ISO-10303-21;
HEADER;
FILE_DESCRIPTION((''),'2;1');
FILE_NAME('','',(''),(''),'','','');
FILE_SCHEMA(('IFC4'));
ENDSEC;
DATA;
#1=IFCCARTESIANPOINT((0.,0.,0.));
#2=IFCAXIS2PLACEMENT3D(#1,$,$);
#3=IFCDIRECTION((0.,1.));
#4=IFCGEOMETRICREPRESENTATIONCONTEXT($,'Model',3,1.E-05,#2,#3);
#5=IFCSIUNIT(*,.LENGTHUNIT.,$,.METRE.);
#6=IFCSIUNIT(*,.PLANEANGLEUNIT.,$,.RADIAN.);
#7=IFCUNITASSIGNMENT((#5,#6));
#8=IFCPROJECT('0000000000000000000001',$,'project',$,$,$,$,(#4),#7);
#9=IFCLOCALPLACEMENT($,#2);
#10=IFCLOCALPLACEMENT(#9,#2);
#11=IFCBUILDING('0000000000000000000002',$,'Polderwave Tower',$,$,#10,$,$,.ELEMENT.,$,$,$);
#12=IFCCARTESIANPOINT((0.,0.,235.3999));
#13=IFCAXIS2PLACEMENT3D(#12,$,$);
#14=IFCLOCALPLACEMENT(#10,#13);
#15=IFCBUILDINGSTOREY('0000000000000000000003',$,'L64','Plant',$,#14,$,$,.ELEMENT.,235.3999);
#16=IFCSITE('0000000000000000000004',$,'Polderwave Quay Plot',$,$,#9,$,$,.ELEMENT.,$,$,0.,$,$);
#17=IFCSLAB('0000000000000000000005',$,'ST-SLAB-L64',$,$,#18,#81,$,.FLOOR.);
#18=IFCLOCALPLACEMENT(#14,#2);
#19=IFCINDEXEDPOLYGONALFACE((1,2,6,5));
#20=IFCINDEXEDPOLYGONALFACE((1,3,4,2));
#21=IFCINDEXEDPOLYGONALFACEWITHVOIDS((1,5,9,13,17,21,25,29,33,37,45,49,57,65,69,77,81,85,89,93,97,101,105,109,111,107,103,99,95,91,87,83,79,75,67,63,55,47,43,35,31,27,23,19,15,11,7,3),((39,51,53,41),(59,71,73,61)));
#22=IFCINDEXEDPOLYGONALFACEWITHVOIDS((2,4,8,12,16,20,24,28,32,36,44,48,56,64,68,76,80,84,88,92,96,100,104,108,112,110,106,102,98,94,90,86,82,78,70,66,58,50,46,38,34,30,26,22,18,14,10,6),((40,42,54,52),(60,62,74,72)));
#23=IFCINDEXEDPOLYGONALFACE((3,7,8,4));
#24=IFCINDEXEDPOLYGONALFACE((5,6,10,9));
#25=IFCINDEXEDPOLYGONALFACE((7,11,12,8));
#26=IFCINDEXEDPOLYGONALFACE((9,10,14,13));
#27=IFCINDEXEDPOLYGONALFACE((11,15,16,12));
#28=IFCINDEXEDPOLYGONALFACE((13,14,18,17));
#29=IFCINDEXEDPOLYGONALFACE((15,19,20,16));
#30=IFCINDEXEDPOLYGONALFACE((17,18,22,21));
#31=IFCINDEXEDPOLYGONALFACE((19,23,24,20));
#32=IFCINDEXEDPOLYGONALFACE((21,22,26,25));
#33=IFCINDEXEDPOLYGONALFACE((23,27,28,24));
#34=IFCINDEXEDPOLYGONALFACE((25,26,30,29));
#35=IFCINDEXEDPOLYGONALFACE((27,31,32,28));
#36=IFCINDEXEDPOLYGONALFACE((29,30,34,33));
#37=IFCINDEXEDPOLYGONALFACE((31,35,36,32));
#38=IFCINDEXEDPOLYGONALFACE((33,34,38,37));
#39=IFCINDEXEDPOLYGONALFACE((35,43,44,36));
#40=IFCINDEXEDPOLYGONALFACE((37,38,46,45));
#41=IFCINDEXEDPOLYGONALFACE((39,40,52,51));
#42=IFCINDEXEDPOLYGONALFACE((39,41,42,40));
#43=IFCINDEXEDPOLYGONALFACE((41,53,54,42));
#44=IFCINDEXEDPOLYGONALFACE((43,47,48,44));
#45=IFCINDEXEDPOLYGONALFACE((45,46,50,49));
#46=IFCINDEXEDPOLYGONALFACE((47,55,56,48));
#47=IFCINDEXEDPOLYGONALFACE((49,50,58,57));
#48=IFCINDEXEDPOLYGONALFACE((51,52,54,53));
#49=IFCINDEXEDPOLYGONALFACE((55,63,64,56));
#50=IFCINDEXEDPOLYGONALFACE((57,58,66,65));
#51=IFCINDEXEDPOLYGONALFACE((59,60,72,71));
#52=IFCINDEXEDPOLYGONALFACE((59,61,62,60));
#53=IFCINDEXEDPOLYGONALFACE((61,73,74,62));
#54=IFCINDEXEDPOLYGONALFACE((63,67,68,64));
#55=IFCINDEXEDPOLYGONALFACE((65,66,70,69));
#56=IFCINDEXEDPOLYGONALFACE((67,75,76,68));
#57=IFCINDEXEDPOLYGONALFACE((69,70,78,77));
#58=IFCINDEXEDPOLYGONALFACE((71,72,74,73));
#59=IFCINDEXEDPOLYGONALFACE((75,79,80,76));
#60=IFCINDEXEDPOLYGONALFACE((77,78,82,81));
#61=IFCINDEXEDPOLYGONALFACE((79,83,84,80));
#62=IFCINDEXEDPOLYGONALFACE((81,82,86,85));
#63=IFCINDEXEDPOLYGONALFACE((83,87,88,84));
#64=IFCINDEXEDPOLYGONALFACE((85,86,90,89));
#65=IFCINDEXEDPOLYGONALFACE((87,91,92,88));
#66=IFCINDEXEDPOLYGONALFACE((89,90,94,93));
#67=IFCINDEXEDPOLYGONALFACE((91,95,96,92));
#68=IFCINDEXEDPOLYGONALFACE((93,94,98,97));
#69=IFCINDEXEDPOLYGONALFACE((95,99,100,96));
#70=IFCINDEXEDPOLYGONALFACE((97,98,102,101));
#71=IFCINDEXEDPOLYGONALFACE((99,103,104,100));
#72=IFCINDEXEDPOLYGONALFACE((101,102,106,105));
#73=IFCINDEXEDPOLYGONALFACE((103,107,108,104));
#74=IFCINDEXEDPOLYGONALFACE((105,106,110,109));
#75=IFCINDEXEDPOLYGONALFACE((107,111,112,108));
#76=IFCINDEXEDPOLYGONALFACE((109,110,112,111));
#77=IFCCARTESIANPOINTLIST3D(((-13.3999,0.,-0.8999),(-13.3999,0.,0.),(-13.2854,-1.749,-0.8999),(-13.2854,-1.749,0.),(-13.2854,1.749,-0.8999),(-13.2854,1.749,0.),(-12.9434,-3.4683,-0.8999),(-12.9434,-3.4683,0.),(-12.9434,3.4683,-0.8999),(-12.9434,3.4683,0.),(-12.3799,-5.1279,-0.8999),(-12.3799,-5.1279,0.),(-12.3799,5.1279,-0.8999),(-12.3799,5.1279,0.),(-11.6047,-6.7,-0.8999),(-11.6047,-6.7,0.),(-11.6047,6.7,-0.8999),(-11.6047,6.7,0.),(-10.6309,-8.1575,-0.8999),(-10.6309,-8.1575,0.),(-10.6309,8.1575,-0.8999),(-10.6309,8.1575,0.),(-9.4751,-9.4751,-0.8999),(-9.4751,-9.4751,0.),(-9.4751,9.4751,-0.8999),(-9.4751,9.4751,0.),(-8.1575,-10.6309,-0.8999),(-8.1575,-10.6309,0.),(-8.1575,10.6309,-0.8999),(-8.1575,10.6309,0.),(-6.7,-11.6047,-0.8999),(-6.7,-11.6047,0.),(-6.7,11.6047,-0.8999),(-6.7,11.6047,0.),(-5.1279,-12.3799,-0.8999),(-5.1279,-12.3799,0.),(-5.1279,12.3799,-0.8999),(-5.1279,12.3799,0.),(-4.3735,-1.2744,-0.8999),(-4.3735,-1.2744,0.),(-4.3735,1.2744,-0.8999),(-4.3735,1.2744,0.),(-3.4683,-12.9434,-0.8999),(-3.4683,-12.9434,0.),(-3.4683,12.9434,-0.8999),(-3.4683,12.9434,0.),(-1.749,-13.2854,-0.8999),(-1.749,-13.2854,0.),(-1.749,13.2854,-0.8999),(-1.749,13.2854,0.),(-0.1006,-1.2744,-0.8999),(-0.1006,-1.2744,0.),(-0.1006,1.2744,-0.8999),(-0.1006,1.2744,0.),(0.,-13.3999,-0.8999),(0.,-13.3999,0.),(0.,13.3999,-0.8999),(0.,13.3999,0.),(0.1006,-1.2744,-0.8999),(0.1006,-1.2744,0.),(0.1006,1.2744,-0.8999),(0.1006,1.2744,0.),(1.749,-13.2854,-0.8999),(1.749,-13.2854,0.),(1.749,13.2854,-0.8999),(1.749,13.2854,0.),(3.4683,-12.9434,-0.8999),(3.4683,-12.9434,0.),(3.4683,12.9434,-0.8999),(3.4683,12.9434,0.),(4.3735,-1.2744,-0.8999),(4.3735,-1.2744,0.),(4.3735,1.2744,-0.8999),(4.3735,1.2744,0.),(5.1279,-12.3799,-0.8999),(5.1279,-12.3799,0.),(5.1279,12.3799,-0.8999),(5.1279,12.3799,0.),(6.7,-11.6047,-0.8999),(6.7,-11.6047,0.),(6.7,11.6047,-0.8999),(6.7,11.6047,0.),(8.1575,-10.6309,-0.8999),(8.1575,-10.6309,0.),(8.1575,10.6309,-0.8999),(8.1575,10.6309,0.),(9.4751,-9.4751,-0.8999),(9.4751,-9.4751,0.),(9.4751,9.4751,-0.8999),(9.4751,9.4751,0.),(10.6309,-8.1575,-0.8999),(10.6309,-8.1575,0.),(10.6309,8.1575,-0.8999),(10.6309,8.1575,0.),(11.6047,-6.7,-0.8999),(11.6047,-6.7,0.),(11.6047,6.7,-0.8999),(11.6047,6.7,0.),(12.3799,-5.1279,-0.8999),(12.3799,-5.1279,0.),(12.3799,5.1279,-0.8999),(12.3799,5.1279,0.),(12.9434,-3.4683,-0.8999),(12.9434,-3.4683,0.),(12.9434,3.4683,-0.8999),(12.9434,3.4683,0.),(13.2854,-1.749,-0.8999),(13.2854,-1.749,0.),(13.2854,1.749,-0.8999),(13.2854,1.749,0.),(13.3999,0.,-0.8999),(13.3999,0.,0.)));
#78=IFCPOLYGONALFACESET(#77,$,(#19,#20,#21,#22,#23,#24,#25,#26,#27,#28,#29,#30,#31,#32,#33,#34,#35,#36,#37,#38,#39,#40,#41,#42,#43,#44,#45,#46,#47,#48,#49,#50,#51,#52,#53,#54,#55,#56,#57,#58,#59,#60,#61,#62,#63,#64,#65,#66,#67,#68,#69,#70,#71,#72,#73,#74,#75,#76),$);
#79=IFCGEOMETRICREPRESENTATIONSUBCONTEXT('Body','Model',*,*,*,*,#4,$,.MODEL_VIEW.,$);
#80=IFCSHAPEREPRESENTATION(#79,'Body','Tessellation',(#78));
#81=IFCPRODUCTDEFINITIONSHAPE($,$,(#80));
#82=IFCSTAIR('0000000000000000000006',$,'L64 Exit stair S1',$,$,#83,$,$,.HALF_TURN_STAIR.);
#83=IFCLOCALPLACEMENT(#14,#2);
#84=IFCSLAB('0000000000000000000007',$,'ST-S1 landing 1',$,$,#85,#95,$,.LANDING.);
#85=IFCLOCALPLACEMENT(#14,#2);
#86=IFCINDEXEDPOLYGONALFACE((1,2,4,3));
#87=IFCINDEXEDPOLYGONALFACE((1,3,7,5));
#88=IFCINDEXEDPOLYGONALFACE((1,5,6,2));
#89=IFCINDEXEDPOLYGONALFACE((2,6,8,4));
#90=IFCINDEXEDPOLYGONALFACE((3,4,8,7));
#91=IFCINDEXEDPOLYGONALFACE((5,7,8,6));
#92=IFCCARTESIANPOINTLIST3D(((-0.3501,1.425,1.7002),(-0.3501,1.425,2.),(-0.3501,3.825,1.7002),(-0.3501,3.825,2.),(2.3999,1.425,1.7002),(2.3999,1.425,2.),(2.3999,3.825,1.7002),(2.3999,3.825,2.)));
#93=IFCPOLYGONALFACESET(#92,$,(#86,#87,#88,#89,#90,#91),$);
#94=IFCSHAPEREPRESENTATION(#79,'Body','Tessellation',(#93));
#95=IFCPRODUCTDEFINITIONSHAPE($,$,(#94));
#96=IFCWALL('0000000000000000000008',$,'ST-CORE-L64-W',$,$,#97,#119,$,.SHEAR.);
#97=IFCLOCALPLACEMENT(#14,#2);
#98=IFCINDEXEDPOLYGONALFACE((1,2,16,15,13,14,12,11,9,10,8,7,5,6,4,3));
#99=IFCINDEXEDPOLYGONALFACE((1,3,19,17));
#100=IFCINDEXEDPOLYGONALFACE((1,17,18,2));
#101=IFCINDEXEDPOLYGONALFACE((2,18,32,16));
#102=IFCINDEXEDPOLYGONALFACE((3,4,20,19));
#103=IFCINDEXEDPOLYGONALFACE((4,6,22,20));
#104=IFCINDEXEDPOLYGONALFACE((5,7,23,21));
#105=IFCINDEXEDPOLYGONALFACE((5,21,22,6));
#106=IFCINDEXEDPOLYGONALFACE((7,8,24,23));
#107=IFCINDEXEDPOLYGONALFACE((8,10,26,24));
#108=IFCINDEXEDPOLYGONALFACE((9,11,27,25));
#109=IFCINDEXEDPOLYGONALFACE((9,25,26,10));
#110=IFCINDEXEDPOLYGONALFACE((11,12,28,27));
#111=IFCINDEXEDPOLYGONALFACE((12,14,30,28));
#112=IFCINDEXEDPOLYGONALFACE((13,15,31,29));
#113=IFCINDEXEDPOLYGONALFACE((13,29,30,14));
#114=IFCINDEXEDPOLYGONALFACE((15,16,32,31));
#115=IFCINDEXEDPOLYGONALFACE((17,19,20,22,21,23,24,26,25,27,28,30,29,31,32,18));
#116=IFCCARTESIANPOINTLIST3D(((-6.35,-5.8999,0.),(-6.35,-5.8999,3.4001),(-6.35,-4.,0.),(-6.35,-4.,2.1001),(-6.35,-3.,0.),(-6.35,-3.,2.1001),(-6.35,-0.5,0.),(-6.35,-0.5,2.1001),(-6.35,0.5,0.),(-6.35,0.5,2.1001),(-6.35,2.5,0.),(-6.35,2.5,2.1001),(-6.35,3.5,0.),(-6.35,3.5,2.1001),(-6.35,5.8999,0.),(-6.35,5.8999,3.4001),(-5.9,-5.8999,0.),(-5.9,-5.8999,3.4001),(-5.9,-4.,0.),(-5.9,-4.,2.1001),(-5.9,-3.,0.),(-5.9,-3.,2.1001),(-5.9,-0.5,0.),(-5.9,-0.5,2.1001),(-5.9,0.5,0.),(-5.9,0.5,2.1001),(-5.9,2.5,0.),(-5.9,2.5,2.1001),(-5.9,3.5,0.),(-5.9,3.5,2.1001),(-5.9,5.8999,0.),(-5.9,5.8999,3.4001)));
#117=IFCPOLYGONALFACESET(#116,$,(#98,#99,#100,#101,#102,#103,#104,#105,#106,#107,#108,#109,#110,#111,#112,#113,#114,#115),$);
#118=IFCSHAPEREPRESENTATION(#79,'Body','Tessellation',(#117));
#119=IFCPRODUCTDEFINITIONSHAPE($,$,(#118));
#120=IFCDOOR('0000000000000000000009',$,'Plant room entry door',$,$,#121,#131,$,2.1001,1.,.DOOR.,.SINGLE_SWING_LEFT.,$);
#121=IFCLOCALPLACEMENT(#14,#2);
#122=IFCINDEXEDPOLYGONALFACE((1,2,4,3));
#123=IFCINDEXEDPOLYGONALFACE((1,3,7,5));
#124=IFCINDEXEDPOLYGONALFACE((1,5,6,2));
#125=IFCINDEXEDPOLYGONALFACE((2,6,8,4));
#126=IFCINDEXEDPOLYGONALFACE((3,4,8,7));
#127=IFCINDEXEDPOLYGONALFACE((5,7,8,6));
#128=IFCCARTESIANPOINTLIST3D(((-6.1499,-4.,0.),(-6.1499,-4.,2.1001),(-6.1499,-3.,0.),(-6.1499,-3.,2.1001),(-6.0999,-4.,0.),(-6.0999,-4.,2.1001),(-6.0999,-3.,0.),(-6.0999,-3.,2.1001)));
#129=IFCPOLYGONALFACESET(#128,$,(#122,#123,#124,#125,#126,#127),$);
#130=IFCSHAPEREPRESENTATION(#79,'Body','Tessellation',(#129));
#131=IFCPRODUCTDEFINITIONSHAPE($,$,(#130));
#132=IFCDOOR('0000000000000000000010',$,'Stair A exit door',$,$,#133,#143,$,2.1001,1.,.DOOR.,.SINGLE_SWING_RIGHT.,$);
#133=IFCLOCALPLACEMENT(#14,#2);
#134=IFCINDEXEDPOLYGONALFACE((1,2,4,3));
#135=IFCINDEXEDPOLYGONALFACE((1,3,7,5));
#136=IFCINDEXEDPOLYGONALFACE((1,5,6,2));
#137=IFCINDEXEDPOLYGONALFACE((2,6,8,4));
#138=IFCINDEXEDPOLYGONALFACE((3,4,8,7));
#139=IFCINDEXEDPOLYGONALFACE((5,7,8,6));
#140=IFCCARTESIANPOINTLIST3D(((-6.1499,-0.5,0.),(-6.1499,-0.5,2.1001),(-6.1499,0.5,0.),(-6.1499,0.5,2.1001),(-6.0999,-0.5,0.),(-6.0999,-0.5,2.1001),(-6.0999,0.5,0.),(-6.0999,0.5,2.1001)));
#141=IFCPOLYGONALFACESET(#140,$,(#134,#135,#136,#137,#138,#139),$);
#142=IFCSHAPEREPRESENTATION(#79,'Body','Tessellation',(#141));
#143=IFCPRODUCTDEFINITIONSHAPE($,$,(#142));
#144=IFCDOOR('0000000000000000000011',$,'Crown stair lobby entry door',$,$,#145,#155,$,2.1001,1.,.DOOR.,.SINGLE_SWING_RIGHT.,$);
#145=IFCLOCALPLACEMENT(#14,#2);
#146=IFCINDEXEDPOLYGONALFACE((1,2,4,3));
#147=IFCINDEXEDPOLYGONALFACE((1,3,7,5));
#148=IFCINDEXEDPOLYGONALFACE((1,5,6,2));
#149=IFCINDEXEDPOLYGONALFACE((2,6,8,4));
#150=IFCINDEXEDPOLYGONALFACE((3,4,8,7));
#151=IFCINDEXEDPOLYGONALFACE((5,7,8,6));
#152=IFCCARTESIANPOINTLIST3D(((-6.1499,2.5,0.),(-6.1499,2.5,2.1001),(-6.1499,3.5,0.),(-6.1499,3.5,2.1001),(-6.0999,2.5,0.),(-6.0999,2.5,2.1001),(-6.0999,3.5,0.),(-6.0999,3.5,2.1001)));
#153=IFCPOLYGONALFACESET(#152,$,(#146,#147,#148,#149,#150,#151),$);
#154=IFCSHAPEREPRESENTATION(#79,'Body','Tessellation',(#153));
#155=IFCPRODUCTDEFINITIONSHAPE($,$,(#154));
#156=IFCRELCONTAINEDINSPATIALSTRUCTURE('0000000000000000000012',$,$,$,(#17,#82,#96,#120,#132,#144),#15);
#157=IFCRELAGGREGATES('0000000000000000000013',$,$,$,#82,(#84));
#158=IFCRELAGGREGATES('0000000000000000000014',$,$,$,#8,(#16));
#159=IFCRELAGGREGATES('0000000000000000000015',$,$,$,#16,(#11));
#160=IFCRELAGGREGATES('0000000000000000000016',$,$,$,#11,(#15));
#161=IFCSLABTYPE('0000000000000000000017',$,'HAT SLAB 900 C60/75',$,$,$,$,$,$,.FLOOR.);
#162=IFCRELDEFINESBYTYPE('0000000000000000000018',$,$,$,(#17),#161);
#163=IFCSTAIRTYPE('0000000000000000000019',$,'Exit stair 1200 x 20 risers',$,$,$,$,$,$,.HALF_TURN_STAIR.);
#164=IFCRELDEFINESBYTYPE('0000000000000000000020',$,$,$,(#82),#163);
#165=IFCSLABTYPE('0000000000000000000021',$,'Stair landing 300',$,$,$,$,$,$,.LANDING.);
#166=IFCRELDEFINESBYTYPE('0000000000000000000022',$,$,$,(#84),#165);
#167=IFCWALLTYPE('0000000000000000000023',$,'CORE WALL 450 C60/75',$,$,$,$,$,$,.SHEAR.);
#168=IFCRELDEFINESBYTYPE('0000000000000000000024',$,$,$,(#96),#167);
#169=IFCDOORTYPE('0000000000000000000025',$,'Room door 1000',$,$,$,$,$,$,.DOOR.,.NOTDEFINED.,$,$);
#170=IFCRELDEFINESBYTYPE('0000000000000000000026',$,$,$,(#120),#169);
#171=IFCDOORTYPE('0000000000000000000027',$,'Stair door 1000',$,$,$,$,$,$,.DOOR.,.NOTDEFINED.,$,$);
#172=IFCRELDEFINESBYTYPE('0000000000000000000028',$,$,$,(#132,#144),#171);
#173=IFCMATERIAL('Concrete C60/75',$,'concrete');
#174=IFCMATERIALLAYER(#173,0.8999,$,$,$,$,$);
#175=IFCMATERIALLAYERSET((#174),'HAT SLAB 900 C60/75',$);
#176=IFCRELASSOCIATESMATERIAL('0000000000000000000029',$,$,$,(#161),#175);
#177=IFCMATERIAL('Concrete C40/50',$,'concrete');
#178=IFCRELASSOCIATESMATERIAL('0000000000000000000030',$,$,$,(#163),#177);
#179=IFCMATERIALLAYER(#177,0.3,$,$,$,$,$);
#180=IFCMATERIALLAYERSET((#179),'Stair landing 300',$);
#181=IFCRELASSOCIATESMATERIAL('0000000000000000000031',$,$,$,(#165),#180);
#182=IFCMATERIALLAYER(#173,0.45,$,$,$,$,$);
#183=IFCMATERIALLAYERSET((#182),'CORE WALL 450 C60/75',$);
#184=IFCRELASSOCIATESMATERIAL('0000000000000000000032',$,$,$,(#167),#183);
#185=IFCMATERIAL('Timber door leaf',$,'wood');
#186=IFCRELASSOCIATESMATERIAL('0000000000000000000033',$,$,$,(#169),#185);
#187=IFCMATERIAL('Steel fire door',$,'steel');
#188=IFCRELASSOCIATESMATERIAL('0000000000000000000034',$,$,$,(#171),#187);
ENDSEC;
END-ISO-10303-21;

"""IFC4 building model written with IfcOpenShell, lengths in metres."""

from ifc_helpers import new_model, si_unit, direction, frame, frame_2d, origin, place, context, subcontext, project, spatial, polyline, rectangle, outline, extrude, material, layer, layer_set, type_object, element, fill, aggregate, save


model = new_model("IFC4")

# Units and contexts
model_context = context("Model", 3, precision=1e-05, world=origin(), true_north=direction((0.0, 1.0)))
body_context = subcontext(model_context, "Body", "Model", "MODEL_VIEW")
ifc_project = project(units=[si_unit("LENGTHUNIT", "METRE"), si_unit("PLANEANGLEUNIT", "RADIAN")], contexts=[model_context])

# Site, building, storey
site_placement = place(None, origin())
site = spatial("IfcSite", under=ifc_project, at=site_placement, Name="Polderwave Quay Plot", CompositionType="ELEMENT", RefElevation=0.0)
building_placement = place(site_placement, origin())
building = spatial("IfcBuilding", under=site, at=building_placement, Name="Polderwave Tower", CompositionType="ELEMENT")
storey_placement = place(building_placement, frame((0.0, 0.0, 235.3999)))
storey = spatial("IfcBuildingStorey", under=building, at=storey_placement, Name="L64", Description="Plant", CompositionType="ELEMENT", Elevation=235.3999)

# Slab
ifc_material_1 = material(Name="Concrete C60/75", Category="concrete")
ifc_layer_1 = layer(ifc_material_1, 0.8999)
ifc_layer_set_1 = layer_set([ifc_layer_1], Name="HAT SLAB 900 C60/75")
slab_type_1 = type_object("IfcSlabType", Name="HAT SLAB 900 C60/75", PredefinedType="FLOOR", material=ifc_layer_set_1)
slab_1_placement = place(storey_placement, frame((0.0, 0.0, -0.8999)))
element("IfcSlab", 1, at=slab_1_placement, inside=storey, type_object=slab_type_1, Name="ST-SLAB-L64", PredefinedType="FLOOR", context=body_context, shape_type="SweptSolid", body=[
    extrude(outline(polyline([(13.3999, 0.0), (13.2854, 1.749), (12.9434, 3.4683), (12.3799, 5.1279), (11.6047, 6.7), (10.6309, 8.1575), (9.4751, 9.4751), (8.1575, 10.6309), (6.7, 11.6047), (5.1279, 12.3799), (3.4683, 12.9434), (1.749, 13.2854), (0.0, 13.3999), (-1.749, 13.2854), (-3.4683, 12.9434), (-5.1279, 12.3799), (-6.7, 11.6047), (-8.1575, 10.6309), (-9.4751, 9.4751), (-10.6309, 8.1575), (-11.6047, 6.7), (-12.3799, 5.1279), (-12.9434, 3.4683), (-13.2854, 1.749), (-13.3999, 0.0), (-13.2854, -1.749), (-12.9434, -3.4683), (-12.3799, -5.1279), (-11.6047, -6.7), (-10.6309, -8.1575), (-9.4751, -9.4751), (-8.1575, -10.6309), (-6.7, -11.6047), (-5.1279, -12.3799), (-3.4683, -12.9434), (-1.749, -13.2854), (0.0, -13.3999), (1.749, -13.2854), (3.4683, -12.9434), (5.1279, -12.3799), (6.7, -11.6047), (8.1575, -10.6309), (9.4751, -9.4751), (10.6309, -8.1575), (11.6047, -6.7), (12.3799, -5.1279), (12.9434, -3.4683), (13.2854, -1.749), (13.3999, 0.0)]), holes=[polyline([(-4.3735, -1.2744), (-0.1006, -1.2744), (-0.1006, 1.2744), (-4.3735, 1.2744), (-4.3735, -1.2744)]), polyline([(0.1006, -1.2744), (4.3735, -1.2744), (4.3735, 1.2744), (0.1006, 1.2744), (0.1006, -1.2744)])]), origin(), (0.0, 0.0, 1.0), 0.8999),
])

# Stair, slab
ifc_material_2 = material(Name="Concrete C40/50", Category="concrete")
stair_type = type_object("IfcStairType", Name="Exit stair 1200 x 20 risers", PredefinedType="HALF_TURN_STAIR", material=ifc_material_2)
stair_placement = place(storey_placement, origin())
stair = element("IfcStair", 2, at=stair_placement, inside=storey, type_object=stair_type, Name="L64 Exit stair S1", PredefinedType="HALF_TURN_STAIR")
ifc_layer_2 = layer(ifc_material_2, 0.3)
ifc_layer_set_2 = layer_set([ifc_layer_2], Name="Stair landing 300")
slab_type_2 = type_object("IfcSlabType", Name="Stair landing 300", PredefinedType="LANDING", material=ifc_layer_set_2)
slab_2_placement = place(storey_placement, frame((0.0, 0.0, 1.7002)))
slab_2 = element("IfcSlab", 3, at=slab_2_placement, type_object=slab_type_2, Name="ST-S1 landing 1", PredefinedType="LANDING", context=body_context, shape_type="SweptSolid", body=[
    extrude(outline(polyline([(-0.3501, 1.425), (2.3999, 1.425), (2.3999, 3.825), (-0.3501, 3.825), (-0.3501, 1.425)])), origin(), (0.0, 0.0, 1.0), 0.2998),
])
aggregate(stair, [slab_2])

# Wall, openings, doors
ifc_layer_3 = layer(ifc_material_1, 0.45)
ifc_layer_set_3 = layer_set([ifc_layer_3], Name="CORE WALL 450 C60/75")
wall_type_1 = type_object("IfcWallType", Name="CORE WALL 450 C60/75", PredefinedType="SHEAR", material=ifc_layer_set_3)
wall_1_placement = place(storey_placement, frame((-6.125, -5.8999, 0.0), z_axis=(0.0, 0.0, 1.0), x_axis=(0.0, 1.0, 0.0)))
wall_1 = element("IfcWall", 4, at=wall_1_placement, inside=storey, type_object=wall_type_1, Name="ST-CORE-L64-W", PredefinedType="SHEAR", context=body_context, shape_type="SweptSolid", body=[
    extrude(rectangle(XDim=11.7998, YDim=0.45, at=frame_2d((5.8999, 0.0))), origin(), (0.0, 0.0, 1.0), 3.4001),
])
opening_1_placement = place(wall_1_placement, frame((5.3999, 0.0, 0.0)))
opening_1 = element("IfcOpeningElement", 5, at=opening_1_placement, cuts=wall_1, PredefinedType="OPENING", context=body_context, shape_type="SweptSolid", body=[
    extrude(rectangle(XDim=1.0, YDim=2.1001, at=frame_2d((0.5, 1.05))), frame((0.0, 0.2349, 0.0), z_axis=(0.0, -1.0, 0.0), x_axis=(1.0, 0.0, 0.0)), (0.0, 0.0, 1.0), 0.47),
])
opening_2_placement = place(wall_1_placement, frame((8.3999, 0.0, 0.0)))
opening_2 = element("IfcOpeningElement", 6, at=opening_2_placement, cuts=wall_1, PredefinedType="OPENING", context=body_context, shape_type="SweptSolid", body=[
    extrude(rectangle(XDim=1.0, YDim=2.1001, at=frame_2d((0.5, 1.05))), frame((0.0, 0.2349, 0.0), z_axis=(0.0, -1.0, 0.0), x_axis=(1.0, 0.0, 0.0)), (0.0, 0.0, 1.0), 0.47),
])
opening_3_placement = place(wall_1_placement, frame((1.8999, 0.0, 0.0)))
opening_3 = element("IfcOpeningElement", 7, at=opening_3_placement, cuts=wall_1, PredefinedType="OPENING", context=body_context, shape_type="SweptSolid", body=[
    extrude(rectangle(XDim=1.0, YDim=2.1001, at=frame_2d((0.5, 1.05))), frame((0.0, 0.2349, 0.0), z_axis=(0.0, -1.0, 0.0), x_axis=(1.0, 0.0, 0.0)), (0.0, 0.0, 1.0), 0.47),
])
ifc_material_3 = material(Name="Timber door leaf", Category="wood")
door_type_1 = type_object("IfcDoorType", Name="Room door 1000", OperationType="NOTDEFINED", PredefinedType="DOOR", material=ifc_material_3)
door_1_placement = place(opening_3_placement, origin())
door_1 = element("IfcDoor", 8, at=door_1_placement, inside=storey, type_object=door_type_1, Name="Plant room entry door", OperationType="SINGLE_SWING_LEFT", OverallHeight=2.1001, OverallWidth=1.0, PredefinedType="DOOR", context=body_context, shape_type="SweptSolid", body=[
    extrude(rectangle(XDim=1.0, YDim=2.1001, at=frame_2d((0.5, 1.05))), frame((0.0, 0.0249, 0.0), z_axis=(0.0, -1.0, 0.0), x_axis=(1.0, 0.0, 0.0)), (0.0, 0.0, 1.0), 0.05),
])
fill(opening_3, door_1)
ifc_material_4 = material(Name="Steel fire door", Category="steel")
door_type_2 = type_object("IfcDoorType", Name="Stair door 1000", OperationType="NOTDEFINED", PredefinedType="DOOR", material=ifc_material_4)
door_2_placement = place(opening_1_placement, origin())
door_2 = element("IfcDoor", 9, at=door_2_placement, inside=storey, type_object=door_type_2, Name="Stair A exit door", OperationType="SINGLE_SWING_RIGHT", OverallHeight=2.1001, OverallWidth=1.0, PredefinedType="DOOR", context=body_context, shape_type="SweptSolid", body=[
    extrude(rectangle(XDim=1.0, YDim=2.1001, at=frame_2d((0.5, 1.05))), frame((0.0, 0.0249, 0.0), z_axis=(0.0, -1.0, 0.0), x_axis=(1.0, 0.0, 0.0)), (0.0, 0.0, 1.0), 0.05),
])
fill(opening_1, door_2)
door_3_placement = place(opening_2_placement, origin())
door_3 = element("IfcDoor", 10, at=door_3_placement, inside=storey, type_object=door_type_2, Name="Crown stair lobby entry door", OperationType="SINGLE_SWING_RIGHT", OverallHeight=2.1001, OverallWidth=1.0, PredefinedType="DOOR", context=body_context, shape_type="SweptSolid", body=[
    extrude(rectangle(XDim=1.0, YDim=2.1001, at=frame_2d((0.5, 1.05))), frame((0.0, 0.0249, 0.0), z_axis=(0.0, -1.0, 0.0), x_axis=(1.0, 0.0, 0.0)), (0.0, 0.0, 1.0), 0.05),
])
fill(opening_2, door_3)

save(model, "model.ifc")
